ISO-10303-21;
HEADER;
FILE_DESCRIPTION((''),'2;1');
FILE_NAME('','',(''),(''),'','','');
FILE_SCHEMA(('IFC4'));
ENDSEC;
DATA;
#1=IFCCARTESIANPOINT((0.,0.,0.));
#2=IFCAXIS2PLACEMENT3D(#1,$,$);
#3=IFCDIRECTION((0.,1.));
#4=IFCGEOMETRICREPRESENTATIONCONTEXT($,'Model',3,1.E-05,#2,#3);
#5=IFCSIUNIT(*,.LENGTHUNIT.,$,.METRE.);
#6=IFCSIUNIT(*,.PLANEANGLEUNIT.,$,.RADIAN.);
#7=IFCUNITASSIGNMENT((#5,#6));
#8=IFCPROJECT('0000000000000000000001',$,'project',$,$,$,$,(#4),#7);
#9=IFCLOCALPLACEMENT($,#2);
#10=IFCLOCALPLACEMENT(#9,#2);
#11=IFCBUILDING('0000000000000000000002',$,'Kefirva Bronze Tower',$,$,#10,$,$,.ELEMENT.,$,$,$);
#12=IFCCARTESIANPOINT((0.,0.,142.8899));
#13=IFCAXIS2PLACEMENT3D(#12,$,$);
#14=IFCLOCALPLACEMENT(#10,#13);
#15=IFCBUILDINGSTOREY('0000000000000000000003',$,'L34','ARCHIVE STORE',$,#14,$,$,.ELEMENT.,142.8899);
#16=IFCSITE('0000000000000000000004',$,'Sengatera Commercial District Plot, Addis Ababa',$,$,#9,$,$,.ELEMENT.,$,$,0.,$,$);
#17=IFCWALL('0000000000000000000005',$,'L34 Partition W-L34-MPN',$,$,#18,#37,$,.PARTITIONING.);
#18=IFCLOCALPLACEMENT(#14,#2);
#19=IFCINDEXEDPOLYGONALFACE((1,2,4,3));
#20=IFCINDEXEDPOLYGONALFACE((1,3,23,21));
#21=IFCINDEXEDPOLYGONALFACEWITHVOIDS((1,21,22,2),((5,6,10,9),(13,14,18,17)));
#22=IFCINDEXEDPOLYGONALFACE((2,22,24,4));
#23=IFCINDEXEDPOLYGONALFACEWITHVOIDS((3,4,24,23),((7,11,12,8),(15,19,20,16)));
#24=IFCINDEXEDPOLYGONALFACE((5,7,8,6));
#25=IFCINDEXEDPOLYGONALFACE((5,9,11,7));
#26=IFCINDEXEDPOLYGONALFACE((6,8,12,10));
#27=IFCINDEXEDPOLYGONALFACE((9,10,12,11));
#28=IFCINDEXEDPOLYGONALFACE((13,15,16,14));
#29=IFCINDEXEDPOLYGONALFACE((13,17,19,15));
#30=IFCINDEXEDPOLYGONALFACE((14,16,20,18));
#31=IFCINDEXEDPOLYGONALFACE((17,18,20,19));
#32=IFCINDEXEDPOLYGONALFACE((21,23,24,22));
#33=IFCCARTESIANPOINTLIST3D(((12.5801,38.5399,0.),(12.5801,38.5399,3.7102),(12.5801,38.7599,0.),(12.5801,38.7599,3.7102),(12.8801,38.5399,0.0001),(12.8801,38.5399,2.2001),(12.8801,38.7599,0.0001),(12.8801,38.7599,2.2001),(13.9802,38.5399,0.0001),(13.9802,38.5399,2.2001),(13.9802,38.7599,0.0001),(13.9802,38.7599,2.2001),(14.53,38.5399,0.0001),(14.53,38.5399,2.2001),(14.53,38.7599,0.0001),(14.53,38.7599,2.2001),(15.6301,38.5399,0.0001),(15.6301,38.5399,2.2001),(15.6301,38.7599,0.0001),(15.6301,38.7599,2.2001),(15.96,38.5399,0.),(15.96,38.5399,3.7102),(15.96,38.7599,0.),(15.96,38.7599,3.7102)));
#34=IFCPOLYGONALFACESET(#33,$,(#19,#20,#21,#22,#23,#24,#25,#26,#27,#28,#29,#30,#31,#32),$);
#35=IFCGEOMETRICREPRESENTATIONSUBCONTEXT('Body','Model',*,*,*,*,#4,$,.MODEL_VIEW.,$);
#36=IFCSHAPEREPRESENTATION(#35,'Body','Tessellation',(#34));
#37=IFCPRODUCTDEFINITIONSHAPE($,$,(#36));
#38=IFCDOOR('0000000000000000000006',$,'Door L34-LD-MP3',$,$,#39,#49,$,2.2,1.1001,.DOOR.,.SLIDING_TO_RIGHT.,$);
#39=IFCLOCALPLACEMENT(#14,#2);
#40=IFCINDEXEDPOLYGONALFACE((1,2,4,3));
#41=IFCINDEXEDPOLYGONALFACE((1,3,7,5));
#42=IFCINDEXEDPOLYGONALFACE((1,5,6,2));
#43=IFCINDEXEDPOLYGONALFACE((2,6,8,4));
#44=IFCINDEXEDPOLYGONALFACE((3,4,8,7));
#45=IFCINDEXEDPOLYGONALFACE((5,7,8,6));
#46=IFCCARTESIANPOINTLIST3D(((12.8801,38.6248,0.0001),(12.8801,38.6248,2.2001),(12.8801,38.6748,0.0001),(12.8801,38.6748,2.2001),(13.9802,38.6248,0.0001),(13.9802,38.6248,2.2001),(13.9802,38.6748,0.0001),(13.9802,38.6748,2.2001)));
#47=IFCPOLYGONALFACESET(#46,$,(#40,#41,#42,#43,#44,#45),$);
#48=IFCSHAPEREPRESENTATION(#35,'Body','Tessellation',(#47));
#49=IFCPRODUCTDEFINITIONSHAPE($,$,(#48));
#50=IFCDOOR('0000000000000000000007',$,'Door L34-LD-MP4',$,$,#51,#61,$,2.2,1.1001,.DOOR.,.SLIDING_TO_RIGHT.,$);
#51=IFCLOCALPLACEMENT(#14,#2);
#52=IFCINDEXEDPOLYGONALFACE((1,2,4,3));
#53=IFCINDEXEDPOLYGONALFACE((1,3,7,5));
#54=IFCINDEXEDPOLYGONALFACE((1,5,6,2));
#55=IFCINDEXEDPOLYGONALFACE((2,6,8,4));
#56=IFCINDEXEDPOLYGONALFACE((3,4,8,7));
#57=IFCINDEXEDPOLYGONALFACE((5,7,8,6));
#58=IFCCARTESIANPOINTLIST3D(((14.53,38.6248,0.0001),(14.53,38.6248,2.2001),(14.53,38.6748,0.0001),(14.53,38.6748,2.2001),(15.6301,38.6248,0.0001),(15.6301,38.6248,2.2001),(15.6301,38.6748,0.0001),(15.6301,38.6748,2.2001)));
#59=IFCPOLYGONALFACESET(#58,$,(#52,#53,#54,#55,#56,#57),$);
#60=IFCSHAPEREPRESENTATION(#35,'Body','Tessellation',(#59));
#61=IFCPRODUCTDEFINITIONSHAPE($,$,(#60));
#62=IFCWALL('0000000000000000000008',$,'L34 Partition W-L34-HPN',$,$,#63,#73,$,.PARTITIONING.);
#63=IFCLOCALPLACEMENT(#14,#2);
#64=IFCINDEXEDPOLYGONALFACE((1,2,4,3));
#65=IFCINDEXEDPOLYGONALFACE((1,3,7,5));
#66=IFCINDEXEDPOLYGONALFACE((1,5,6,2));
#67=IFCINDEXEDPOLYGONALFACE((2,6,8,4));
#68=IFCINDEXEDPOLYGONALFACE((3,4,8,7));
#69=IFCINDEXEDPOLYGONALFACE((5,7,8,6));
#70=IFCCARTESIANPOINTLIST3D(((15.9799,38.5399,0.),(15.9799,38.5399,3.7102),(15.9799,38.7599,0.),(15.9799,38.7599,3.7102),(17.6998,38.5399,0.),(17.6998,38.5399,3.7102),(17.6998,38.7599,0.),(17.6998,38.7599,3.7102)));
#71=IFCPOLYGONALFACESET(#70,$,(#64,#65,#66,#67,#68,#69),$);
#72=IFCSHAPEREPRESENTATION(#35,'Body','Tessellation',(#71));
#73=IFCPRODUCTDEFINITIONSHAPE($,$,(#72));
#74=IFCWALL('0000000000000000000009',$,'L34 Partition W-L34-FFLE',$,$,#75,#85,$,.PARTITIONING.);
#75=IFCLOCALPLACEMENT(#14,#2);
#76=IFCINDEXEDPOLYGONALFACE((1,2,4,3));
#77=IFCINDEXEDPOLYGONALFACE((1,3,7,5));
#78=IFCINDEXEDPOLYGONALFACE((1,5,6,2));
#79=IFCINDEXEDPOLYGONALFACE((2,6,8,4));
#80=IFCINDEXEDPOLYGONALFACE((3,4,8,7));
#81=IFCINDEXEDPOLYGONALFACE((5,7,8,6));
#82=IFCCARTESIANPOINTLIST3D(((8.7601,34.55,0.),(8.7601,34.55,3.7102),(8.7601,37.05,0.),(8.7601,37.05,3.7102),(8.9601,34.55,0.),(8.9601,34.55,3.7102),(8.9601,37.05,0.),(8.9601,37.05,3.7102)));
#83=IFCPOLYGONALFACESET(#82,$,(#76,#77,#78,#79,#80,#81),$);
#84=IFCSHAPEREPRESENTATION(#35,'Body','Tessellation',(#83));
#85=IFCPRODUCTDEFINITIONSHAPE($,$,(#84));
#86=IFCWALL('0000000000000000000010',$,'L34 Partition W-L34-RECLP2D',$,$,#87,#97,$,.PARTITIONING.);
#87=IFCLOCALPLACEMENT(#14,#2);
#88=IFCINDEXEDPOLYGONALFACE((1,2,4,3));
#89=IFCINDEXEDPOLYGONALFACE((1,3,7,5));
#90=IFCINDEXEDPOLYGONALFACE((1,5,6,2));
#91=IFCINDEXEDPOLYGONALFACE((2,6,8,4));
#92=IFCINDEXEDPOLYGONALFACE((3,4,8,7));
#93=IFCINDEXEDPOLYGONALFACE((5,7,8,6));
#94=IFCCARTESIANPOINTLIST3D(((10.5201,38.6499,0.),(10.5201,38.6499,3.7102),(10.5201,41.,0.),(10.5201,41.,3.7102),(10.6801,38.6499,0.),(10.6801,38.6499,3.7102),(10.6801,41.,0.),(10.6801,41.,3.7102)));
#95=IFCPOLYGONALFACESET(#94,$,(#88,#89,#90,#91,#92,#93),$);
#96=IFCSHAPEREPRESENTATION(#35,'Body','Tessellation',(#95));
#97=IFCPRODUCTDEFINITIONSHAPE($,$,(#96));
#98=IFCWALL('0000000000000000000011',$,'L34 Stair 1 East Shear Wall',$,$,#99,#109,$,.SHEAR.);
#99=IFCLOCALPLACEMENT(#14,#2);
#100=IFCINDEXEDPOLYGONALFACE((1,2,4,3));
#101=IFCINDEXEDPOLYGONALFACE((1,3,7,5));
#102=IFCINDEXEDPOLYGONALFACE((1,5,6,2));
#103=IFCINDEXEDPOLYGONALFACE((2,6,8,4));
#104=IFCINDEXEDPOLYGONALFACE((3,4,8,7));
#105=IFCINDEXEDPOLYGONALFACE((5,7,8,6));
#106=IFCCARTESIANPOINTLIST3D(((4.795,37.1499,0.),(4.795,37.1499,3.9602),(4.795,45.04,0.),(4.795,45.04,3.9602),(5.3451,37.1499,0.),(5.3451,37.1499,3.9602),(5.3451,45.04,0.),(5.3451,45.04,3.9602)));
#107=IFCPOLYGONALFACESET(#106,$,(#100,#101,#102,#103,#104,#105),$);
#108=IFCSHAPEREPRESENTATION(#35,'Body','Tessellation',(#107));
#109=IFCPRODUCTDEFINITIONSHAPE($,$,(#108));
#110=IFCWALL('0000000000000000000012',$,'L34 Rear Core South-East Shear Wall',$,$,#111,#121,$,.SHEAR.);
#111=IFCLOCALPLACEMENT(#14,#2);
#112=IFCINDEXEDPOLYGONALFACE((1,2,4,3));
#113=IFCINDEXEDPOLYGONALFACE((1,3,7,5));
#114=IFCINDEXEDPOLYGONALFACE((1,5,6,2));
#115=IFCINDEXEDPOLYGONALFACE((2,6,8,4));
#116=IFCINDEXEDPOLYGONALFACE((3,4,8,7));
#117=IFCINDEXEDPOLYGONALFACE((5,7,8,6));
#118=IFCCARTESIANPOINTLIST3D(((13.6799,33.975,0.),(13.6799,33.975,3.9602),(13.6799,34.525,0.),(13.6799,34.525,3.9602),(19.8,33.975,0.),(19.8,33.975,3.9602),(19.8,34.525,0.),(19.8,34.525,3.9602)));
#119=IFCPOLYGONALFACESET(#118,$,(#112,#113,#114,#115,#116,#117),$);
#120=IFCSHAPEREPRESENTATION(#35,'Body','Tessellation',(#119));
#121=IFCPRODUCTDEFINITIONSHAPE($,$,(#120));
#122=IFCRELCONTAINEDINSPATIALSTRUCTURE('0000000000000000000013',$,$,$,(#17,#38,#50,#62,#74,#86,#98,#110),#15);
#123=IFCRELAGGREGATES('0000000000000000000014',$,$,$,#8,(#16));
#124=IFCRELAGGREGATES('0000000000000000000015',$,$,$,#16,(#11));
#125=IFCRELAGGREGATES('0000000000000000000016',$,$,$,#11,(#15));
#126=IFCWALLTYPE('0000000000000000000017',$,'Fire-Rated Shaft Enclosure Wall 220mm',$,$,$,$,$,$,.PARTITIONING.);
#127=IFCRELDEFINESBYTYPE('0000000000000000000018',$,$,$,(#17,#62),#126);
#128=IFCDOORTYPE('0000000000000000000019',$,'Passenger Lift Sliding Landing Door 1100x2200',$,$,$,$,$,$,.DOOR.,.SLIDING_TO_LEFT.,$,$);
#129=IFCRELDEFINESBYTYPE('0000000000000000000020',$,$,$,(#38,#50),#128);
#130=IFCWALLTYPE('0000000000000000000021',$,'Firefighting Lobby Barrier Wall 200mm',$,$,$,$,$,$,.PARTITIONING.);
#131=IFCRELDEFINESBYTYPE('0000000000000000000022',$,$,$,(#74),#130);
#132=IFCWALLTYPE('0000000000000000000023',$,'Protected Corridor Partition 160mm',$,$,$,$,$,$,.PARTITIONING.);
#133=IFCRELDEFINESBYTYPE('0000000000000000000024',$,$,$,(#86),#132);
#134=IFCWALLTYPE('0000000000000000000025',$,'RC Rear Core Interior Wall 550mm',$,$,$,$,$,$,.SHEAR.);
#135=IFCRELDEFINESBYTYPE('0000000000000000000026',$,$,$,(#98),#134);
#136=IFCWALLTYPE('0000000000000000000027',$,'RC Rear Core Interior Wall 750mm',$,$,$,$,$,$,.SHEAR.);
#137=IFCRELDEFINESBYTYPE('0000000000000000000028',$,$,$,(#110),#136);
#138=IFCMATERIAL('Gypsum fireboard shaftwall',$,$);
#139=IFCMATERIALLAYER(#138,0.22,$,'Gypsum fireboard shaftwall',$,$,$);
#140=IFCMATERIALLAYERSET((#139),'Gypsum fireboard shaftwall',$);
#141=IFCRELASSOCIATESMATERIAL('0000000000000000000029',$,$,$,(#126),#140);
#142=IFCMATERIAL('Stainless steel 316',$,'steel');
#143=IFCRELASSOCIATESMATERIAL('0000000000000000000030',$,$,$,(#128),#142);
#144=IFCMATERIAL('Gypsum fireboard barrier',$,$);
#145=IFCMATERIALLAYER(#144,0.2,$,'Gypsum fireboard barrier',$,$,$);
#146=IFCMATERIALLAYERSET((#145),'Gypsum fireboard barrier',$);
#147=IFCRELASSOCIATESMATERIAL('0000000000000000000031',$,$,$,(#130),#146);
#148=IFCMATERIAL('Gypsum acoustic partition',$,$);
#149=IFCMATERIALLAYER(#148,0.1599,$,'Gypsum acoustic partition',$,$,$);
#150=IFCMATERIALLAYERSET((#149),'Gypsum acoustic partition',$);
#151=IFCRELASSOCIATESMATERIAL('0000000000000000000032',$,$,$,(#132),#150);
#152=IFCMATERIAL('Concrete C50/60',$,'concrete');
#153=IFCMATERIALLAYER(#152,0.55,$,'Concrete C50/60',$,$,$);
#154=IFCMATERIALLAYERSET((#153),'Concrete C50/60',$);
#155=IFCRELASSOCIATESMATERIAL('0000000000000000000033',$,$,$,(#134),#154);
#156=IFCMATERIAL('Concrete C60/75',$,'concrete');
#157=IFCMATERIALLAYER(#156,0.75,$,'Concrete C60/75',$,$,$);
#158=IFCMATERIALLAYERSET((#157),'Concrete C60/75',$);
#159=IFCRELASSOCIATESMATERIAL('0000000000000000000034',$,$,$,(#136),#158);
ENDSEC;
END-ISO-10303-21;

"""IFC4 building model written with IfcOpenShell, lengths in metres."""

from ifc_helpers import new_model, si_unit, direction, frame, frame_2d, origin, place, context, subcontext, project, spatial, rectangle, extrude, material, layer, layer_set, type_object, element, fill, save


model = new_model("IFC4")

# Units and contexts
model_context = context("Model", 3, precision=1e-05, world=origin(), true_north=direction((0.0, 1.0)))
body_context = subcontext(model_context, "Body", "Model", "MODEL_VIEW")
ifc_project = project(units=[si_unit("LENGTHUNIT", "METRE"), si_unit("PLANEANGLEUNIT", "RADIAN")], contexts=[model_context])

# Site, building, storey
site_placement = place(None, origin())
site = spatial("IfcSite", under=ifc_project, at=site_placement, Name="Sengatera Commercial District Plot, Addis Ababa", CompositionType="ELEMENT", RefElevation=0.0)
building_placement = place(site_placement, origin())
building = spatial("IfcBuilding", under=site, at=building_placement, Name="Kefirva Bronze Tower", CompositionType="ELEMENT")
storey_placement = place(building_placement, frame((0.0, 0.0, 142.8899)))
storey = spatial("IfcBuildingStorey", under=building, at=storey_placement, Name="L34", Description="ARCHIVE STORE", CompositionType="ELEMENT", Elevation=142.8899)

# Shared definitions
ifc_material_1 = material(Name="Gypsum fireboard shaftwall")
ifc_layer_1 = layer(ifc_material_1, 0.22, Name="Gypsum fireboard shaftwall")
ifc_layer_set_1 = layer_set([ifc_layer_1], Name="Gypsum fireboard shaftwall")
wall_type_1 = type_object("IfcWallType", Name="Fire-Rated Shaft Enclosure Wall 220mm", PredefinedType="PARTITIONING", material=ifc_layer_set_1)
ifc_material_2 = material(Name="Stainless steel 316", Category="steel")

# Wall, openings, doors
door_type_1 = type_object("IfcDoorType", Name="Passenger Lift Sliding Landing Door 1100x2200", OperationType="SLIDING_TO_LEFT", PredefinedType="DOOR", material=ifc_material_2)
wall_1_placement = place(storey_placement, frame((12.5801, 38.6499, 0.0), z_axis=(0.0, 0.0, 1.0), x_axis=(1.0, 0.0, 0.0)))
wall_1 = element("IfcWall", 1, at=wall_1_placement, inside=storey, type_object=wall_type_1, Name="L34 Partition W-L34-MPN", PredefinedType="PARTITIONING", context=body_context, shape_type="SweptSolid", body=[
    extrude(rectangle(XDim=3.3799, YDim=0.22, at=frame_2d((1.6899, 0.0))), origin(), (0.0, 0.0, 1.0), 3.7102),
])
opening_1_placement = place(wall_1_placement, frame((0.3, 0.0, 0.0)))
opening_1 = element("IfcOpeningElement", 2, at=opening_1_placement, cuts=wall_1, PredefinedType="OPENING", context=body_context, shape_type="SweptSolid", body=[
    extrude(rectangle(XDim=1.1001, YDim=2.2, at=frame_2d((0.55, 1.1001))), frame((0.0, 0.1201, 0.0), z_axis=(0.0, -1.0, 0.0), x_axis=(1.0, 0.0, 0.0)), (0.0, 0.0, 1.0), 0.24),
])
opening_2_placement = place(wall_1_placement, frame((1.95, 0.0, 0.0)))
opening_2 = element("IfcOpeningElement", 3, at=opening_2_placement, cuts=wall_1, PredefinedType="OPENING", context=body_context, shape_type="SweptSolid", body=[
    extrude(rectangle(XDim=1.1001, YDim=2.2, at=frame_2d((0.55, 1.1001))), frame((0.0, 0.1201, 0.0), z_axis=(0.0, -1.0, 0.0), x_axis=(1.0, 0.0, 0.0)), (0.0, 0.0, 1.0), 0.24),
])
door_1_placement = place(opening_1_placement, origin())
door_1 = element("IfcDoor", 4, at=door_1_placement, inside=storey, type_object=door_type_1, Name="Door L34-LD-MP3", OperationType="SLIDING_TO_RIGHT", OverallHeight=2.2, OverallWidth=1.1001, PredefinedType="DOOR", context=body_context, shape_type="SweptSolid", body=[
    extrude(rectangle(XDim=1.1001, YDim=2.2, at=frame_2d((0.55, 1.1001))), frame((0.0, 0.0249, 0.0), z_axis=(0.0, -1.0, 0.0), x_axis=(1.0, 0.0, 0.0)), (0.0, 0.0, 1.0), 0.05),
])
fill(opening_1, door_1)
door_2_placement = place(opening_2_placement, origin())
door_2 = element("IfcDoor", 5, at=door_2_placement, inside=storey, type_object=door_type_1, Name="Door L34-LD-MP4", OperationType="SLIDING_TO_RIGHT", OverallHeight=2.2, OverallWidth=1.1001, PredefinedType="DOOR", context=body_context, shape_type="SweptSolid", body=[
    extrude(rectangle(XDim=1.1001, YDim=2.2, at=frame_2d((0.55, 1.1001))), frame((0.0, 0.0249, 0.0), z_axis=(0.0, -1.0, 0.0), x_axis=(1.0, 0.0, 0.0)), (0.0, 0.0, 1.0), 0.05),
])
fill(opening_2, door_2)

# Walls
wall_2_placement = place(storey_placement, frame((15.98, 38.6499, 0.0), z_axis=(0.0, 0.0, 1.0), x_axis=(1.0, 0.0, 0.0)))
element("IfcWall", 6, at=wall_2_placement, inside=storey, type_object=wall_type_1, Name="L34 Partition W-L34-HPN", PredefinedType="PARTITIONING", context=body_context, shape_type="SweptSolid", body=[
    extrude(rectangle(XDim=1.72, YDim=0.22, at=frame_2d((0.8599, 0.0))), origin(), (0.0, 0.0, 1.0), 3.7102),
])
ifc_material_3 = material(Name="Gypsum fireboard barrier")
ifc_layer_2 = layer(ifc_material_3, 0.2, Name="Gypsum fireboard barrier")
ifc_layer_set_2 = layer_set([ifc_layer_2], Name="Gypsum fireboard barrier")
wall_type_2 = type_object("IfcWallType", Name="Firefighting Lobby Barrier Wall 200mm", PredefinedType="PARTITIONING", material=ifc_layer_set_2)
wall_3_placement = place(storey_placement, frame((8.8601, 34.55, 0.0), z_axis=(0.0, 0.0, 1.0), x_axis=(0.0, 1.0, 0.0)))
element("IfcWall", 7, at=wall_3_placement, inside=storey, type_object=wall_type_2, Name="L34 Partition W-L34-FFLE", PredefinedType="PARTITIONING", context=body_context, shape_type="SweptSolid", body=[
    extrude(rectangle(XDim=2.5, YDim=0.2, at=frame_2d((1.25, 0.0))), origin(), (0.0, 0.0, 1.0), 3.7102),
])

# Shared definitions
ifc_material_4 = material(Name="Gypsum acoustic partition")
ifc_layer_3 = layer(ifc_material_4, 0.1599, Name="Gypsum acoustic partition")
ifc_layer_set_3 = layer_set([ifc_layer_3], Name="Gypsum acoustic partition")
wall_type_3 = type_object("IfcWallType", Name="Protected Corridor Partition 160mm", PredefinedType="PARTITIONING", material=ifc_layer_set_3)

# Walls
wall_4_placement = place(storey_placement, frame((10.6001, 38.6499, 0.0), z_axis=(0.0, 0.0, 1.0), x_axis=(0.0, 1.0, 0.0)))
element("IfcWall", 8, at=wall_4_placement, inside=storey, type_object=wall_type_3, Name="L34 Partition W-L34-RECLP2D", PredefinedType="PARTITIONING", context=body_context, shape_type="SweptSolid", body=[
    extrude(rectangle(XDim=2.3501, YDim=0.1599, at=frame_2d((1.175, 0.0))), origin(), (0.0, 0.0, 1.0), 3.7102),
])
ifc_material_5 = material(Name="Concrete C50/60", Category="concrete")
ifc_layer_4 = layer(ifc_material_5, 0.55, Name="Concrete C50/60")
ifc_layer_set_4 = layer_set([ifc_layer_4], Name="Concrete C50/60")
wall_type_4 = type_object("IfcWallType", Name="RC Rear Core Interior Wall 550mm", PredefinedType="SHEAR", material=ifc_layer_set_4)
wall_5_placement = place(storey_placement, frame((5.0701, 37.1499, 0.0), z_axis=(0.0, 0.0, 1.0), x_axis=(0.0, 1.0, 0.0)))
element("IfcWall", 9, at=wall_5_placement, inside=storey, type_object=wall_type_4, Name="L34 Stair 1 East Shear Wall", PredefinedType="SHEAR", context=body_context, shape_type="SweptSolid", body=[
    extrude(rectangle(XDim=7.8901, YDim=0.55, at=frame_2d((3.9451, 0.0))), origin(), (0.0, 0.0, 1.0), 3.9602),
])
ifc_material_6 = material(Name="Concrete C60/75", Category="concrete")
ifc_layer_5 = layer(ifc_material_6, 0.75, Name="Concrete C60/75")
ifc_layer_set_5 = layer_set([ifc_layer_5], Name="Concrete C60/75")
wall_type_5 = type_object("IfcWallType", Name="RC Rear Core Interior Wall 750mm", PredefinedType="SHEAR", material=ifc_layer_set_5)
wall_6_placement = place(storey_placement, frame((13.6799, 34.25, 0.0), z_axis=(0.0, 0.0, 1.0), x_axis=(1.0, 0.0, 0.0)))
element("IfcWall", 10, at=wall_6_placement, inside=storey, type_object=wall_type_5, Name="L34 Rear Core South-East Shear Wall", PredefinedType="SHEAR", context=body_context, shape_type="SweptSolid", body=[
    extrude(rectangle(XDim=6.1201, YDim=0.55, at=frame_2d((3.0601, 0.0))), origin(), (0.0, 0.0, 1.0), 3.9602),
])

save(model, "model.ifc")
